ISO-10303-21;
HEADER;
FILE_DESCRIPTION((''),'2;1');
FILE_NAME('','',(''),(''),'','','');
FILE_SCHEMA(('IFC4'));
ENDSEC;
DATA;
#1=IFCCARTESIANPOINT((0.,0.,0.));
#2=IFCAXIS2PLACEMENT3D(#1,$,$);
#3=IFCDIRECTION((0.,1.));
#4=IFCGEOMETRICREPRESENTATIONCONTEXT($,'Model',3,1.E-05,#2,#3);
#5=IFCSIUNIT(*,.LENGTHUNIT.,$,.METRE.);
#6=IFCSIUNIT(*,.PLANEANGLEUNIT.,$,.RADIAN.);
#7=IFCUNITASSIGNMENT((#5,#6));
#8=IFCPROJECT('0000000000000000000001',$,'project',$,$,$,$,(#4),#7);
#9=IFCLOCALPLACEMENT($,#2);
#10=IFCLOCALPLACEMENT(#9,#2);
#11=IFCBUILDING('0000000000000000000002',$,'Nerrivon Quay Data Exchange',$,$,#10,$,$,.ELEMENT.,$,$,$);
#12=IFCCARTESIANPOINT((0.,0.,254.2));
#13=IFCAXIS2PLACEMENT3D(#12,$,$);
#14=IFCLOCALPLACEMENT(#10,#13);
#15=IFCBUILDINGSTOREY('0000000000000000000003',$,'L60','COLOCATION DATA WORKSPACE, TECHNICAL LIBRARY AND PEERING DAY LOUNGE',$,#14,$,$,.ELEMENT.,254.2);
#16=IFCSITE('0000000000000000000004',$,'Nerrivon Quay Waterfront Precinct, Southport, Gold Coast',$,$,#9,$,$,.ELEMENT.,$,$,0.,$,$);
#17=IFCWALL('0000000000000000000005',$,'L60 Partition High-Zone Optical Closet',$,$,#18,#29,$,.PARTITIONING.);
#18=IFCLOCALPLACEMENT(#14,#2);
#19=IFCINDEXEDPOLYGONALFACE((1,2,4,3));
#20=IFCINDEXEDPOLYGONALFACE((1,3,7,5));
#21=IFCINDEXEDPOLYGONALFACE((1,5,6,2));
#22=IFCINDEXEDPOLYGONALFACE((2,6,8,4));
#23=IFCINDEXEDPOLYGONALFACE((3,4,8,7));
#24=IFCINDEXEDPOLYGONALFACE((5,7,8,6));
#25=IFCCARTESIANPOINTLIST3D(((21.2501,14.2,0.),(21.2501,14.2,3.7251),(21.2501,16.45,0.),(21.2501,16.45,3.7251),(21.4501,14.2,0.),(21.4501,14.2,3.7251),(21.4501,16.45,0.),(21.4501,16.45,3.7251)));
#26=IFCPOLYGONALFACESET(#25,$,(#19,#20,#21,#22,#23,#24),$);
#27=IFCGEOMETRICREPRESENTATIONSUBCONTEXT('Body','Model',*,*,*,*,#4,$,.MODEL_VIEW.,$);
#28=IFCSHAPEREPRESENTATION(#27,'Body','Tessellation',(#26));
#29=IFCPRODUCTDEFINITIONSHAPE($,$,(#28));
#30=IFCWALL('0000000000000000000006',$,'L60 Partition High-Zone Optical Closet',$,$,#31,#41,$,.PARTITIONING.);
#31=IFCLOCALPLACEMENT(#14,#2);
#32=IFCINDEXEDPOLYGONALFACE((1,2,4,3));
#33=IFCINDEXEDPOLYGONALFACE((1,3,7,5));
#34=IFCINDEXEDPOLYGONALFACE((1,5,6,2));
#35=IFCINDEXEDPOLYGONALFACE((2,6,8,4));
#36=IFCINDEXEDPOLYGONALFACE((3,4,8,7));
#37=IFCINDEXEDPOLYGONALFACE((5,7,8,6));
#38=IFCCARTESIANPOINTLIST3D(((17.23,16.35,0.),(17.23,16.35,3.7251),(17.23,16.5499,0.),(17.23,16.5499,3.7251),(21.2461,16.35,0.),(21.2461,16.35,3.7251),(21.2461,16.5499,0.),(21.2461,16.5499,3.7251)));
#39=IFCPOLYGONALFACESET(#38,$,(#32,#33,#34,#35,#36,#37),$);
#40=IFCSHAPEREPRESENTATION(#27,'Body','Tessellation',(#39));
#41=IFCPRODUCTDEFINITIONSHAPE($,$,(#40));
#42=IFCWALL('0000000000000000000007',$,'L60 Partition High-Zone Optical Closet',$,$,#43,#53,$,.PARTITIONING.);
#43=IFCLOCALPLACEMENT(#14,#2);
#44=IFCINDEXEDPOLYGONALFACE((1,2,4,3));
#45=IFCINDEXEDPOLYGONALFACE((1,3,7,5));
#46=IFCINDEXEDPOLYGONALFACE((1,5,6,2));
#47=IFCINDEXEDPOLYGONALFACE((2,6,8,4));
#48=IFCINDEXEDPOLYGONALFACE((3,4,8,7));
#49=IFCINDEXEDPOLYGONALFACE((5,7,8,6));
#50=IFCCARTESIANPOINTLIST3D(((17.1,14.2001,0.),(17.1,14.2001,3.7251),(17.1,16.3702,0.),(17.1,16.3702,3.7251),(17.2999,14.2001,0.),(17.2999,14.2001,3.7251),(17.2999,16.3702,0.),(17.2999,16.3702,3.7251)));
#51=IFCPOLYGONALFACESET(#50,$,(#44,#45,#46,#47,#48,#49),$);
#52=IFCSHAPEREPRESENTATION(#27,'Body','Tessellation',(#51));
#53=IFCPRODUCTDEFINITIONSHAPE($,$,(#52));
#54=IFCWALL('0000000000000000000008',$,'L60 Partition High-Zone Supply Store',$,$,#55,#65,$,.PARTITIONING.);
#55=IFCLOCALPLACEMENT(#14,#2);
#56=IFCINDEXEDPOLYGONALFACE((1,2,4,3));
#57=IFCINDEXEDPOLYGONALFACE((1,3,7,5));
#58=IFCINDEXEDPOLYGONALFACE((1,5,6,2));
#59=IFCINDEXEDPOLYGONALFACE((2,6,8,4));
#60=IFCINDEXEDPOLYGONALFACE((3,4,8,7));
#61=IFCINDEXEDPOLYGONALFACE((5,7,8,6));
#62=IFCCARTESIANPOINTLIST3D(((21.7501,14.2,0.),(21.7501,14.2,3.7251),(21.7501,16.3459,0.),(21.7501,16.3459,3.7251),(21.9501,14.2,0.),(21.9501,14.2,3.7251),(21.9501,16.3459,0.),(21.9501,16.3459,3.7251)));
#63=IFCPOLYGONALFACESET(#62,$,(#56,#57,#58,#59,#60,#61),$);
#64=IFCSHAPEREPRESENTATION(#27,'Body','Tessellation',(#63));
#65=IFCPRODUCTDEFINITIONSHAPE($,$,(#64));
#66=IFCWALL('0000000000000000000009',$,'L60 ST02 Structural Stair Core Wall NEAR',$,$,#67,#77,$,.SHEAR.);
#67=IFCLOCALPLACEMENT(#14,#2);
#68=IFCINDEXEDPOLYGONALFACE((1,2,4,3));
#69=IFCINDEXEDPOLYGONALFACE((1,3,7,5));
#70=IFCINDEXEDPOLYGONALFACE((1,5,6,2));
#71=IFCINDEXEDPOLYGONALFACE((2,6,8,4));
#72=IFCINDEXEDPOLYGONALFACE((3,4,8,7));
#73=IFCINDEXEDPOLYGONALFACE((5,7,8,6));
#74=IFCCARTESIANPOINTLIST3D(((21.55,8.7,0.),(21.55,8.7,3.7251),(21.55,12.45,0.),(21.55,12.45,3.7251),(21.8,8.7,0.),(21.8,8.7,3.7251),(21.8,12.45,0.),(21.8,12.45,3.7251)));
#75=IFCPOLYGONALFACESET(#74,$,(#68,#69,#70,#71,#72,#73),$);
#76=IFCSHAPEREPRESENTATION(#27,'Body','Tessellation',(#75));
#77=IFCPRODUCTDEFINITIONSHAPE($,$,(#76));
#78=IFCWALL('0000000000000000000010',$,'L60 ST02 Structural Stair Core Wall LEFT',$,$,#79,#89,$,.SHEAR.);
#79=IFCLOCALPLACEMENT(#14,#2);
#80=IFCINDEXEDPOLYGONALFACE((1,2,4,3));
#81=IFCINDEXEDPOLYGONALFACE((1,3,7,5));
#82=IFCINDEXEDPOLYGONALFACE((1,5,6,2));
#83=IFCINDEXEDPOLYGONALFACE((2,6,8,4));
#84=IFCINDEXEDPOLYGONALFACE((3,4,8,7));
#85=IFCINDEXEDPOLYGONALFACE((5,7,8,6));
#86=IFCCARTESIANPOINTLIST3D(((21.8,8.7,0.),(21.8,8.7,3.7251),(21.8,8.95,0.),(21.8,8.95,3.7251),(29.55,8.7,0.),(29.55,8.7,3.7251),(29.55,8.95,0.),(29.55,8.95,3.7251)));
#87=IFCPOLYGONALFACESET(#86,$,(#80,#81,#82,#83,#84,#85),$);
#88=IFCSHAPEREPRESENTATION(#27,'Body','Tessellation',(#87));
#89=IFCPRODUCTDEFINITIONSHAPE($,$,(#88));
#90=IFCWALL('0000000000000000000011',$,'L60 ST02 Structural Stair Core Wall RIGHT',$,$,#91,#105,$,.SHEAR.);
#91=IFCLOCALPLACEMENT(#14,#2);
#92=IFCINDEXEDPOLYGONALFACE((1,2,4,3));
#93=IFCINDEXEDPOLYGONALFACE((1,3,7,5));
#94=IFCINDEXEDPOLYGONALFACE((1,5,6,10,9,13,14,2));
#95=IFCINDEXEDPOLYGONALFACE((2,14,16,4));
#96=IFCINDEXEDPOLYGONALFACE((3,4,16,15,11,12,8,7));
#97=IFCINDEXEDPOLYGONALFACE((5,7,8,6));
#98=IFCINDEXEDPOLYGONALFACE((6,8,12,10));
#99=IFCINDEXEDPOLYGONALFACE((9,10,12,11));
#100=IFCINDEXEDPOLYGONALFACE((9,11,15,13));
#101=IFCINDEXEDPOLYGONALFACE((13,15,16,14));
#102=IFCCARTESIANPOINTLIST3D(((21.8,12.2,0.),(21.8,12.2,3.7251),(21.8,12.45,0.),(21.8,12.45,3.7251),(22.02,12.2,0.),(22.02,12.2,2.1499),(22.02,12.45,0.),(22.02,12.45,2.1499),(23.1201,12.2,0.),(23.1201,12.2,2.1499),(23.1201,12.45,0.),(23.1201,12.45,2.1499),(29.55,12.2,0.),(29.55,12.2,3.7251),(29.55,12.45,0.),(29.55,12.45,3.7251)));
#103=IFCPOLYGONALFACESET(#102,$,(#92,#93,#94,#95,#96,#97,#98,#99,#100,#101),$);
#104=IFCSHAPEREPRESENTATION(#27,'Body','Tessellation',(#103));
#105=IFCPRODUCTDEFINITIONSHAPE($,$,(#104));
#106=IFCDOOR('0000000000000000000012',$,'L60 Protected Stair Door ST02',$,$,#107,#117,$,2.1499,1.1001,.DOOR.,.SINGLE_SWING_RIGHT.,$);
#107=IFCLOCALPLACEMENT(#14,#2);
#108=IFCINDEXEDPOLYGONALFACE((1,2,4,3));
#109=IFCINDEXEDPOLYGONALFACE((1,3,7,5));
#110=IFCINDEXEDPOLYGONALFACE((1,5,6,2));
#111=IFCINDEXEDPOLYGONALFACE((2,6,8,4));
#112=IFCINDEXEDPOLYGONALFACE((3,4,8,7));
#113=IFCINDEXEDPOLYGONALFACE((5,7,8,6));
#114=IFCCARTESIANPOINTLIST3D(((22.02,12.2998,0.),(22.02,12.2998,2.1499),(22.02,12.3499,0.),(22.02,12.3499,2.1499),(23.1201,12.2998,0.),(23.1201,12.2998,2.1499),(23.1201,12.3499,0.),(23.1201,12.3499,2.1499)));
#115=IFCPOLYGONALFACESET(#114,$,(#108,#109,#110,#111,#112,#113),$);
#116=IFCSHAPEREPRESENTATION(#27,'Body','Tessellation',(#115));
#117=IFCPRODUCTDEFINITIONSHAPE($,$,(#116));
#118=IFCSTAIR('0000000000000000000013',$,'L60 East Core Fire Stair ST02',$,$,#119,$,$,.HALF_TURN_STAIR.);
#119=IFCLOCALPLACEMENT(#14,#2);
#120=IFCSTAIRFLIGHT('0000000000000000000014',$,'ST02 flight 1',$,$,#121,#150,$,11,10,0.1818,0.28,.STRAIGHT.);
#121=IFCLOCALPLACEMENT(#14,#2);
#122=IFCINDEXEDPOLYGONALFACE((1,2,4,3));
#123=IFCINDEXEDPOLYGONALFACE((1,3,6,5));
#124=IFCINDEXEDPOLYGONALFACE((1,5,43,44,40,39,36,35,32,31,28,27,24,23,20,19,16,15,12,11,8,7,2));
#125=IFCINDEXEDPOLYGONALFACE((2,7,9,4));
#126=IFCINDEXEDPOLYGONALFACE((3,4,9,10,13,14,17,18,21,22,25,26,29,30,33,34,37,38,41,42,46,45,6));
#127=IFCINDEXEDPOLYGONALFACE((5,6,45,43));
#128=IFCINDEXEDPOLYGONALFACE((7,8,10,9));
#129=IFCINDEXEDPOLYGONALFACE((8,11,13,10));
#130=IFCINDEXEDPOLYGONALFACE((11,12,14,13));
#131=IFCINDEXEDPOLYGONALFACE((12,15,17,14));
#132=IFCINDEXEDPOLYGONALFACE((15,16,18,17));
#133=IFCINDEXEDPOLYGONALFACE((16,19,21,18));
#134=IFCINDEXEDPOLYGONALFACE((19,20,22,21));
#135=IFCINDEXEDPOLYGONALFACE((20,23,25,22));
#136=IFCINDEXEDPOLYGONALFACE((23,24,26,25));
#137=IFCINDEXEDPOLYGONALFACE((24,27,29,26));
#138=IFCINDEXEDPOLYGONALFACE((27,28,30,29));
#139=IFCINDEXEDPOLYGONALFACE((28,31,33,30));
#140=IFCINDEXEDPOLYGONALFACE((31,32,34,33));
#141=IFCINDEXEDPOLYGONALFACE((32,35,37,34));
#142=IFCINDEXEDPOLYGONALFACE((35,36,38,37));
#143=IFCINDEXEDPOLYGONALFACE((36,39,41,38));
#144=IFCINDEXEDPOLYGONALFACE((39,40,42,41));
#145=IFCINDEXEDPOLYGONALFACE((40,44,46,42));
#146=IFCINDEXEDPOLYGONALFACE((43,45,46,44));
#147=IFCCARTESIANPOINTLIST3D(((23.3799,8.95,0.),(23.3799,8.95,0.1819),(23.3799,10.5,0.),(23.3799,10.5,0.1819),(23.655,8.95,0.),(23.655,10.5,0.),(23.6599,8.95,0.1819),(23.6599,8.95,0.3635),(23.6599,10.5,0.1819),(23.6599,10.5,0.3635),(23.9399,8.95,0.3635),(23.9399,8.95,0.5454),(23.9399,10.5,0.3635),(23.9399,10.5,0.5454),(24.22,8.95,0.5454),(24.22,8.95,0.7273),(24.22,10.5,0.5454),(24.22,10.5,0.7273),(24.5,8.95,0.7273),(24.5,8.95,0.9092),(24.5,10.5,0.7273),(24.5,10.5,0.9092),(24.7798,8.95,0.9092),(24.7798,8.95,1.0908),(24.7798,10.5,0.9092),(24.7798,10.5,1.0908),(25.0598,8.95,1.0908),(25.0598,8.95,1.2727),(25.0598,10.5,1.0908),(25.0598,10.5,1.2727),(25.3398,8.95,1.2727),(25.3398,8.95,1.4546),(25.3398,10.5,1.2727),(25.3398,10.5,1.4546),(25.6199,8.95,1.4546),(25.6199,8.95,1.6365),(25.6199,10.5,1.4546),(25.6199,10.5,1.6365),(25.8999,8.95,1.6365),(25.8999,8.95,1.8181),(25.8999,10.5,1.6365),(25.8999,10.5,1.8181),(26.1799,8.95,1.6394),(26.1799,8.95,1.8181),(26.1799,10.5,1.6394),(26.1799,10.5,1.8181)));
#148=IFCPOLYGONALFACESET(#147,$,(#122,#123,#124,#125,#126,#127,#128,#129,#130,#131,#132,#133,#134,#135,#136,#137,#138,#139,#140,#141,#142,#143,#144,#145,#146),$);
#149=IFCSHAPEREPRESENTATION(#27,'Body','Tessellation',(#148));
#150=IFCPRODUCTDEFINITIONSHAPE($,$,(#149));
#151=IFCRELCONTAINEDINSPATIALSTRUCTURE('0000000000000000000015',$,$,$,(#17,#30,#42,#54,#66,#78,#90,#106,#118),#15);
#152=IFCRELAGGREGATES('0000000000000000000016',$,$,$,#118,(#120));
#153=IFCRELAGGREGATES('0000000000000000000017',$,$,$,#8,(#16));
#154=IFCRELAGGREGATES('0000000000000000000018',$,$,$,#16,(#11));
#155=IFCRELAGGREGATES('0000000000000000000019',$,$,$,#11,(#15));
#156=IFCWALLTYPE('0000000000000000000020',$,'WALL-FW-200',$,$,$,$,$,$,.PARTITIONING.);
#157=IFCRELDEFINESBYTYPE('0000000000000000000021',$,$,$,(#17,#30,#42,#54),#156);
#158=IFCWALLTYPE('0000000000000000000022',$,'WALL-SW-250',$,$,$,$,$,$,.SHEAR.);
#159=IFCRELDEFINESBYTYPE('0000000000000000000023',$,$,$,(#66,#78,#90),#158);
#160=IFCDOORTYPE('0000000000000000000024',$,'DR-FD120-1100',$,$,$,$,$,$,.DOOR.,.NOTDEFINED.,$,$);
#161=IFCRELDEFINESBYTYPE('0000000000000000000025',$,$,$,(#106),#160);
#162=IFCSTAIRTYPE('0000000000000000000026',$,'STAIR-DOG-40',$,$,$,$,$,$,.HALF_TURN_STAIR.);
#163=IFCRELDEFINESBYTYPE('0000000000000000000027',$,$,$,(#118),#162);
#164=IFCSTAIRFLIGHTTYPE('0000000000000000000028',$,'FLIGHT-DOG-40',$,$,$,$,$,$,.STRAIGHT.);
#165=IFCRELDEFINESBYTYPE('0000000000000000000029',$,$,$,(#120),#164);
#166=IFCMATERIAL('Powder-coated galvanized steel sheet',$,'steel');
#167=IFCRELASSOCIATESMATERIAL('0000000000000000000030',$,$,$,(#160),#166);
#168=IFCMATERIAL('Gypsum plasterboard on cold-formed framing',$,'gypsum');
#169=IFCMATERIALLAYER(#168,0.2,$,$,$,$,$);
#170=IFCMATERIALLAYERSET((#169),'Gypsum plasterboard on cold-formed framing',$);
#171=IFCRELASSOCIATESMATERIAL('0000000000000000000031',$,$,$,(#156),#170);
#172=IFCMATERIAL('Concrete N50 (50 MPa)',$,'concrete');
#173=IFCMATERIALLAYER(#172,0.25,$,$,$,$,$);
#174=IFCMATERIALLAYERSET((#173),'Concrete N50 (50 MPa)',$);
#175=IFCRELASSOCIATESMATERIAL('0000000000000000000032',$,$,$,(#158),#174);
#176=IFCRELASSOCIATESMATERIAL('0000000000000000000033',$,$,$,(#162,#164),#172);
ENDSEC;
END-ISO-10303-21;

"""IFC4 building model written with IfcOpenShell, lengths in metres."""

from ifc_helpers import new_model, si_unit, direction, frame, frame_2d, origin, place, context, subcontext, project, spatial, polyline, rectangle, outline, extrude, material, layer, layer_set, type_object, element, fill, aggregate, save


model = new_model("IFC4")

# Units and contexts
model_context = context("Model", 3, precision=1e-05, world=origin(), true_north=direction((0.0, 1.0)))
body_context = subcontext(model_context, "Body", "Model", "MODEL_VIEW")
ifc_project = project(units=[si_unit("LENGTHUNIT", "METRE"), si_unit("PLANEANGLEUNIT", "RADIAN")], contexts=[model_context])

# Site, building, storey
site_placement = place(None, origin())
site = spatial("IfcSite", under=ifc_project, at=site_placement, Name="Nerrivon Quay Waterfront Precinct, Southport, Gold Coast", CompositionType="ELEMENT", RefElevation=0.0)
building_placement = place(site_placement, origin())
building = spatial("IfcBuilding", under=site, at=building_placement, Name="Nerrivon Quay Data Exchange", CompositionType="ELEMENT")
storey_placement = place(building_placement, frame((0.0, 0.0, 254.2)))
storey = spatial("IfcBuildingStorey", under=building, at=storey_placement, Name="L60", Description="COLOCATION DATA WORKSPACE, TECHNICAL LIBRARY AND PEERING DAY LOUNGE", CompositionType="ELEMENT", Elevation=254.2)

# Shared definitions
ifc_material_1 = material(Name="Concrete N50 (50 MPa)", Category="concrete")

# Shared definitions
ifc_material_2 = material(Name="Powder-coated galvanized steel sheet", Category="steel")
door_type_1 = type_object("IfcDoorType", Name="DR-FD120-1100", OperationType="NOTDEFINED", PredefinedType="DOOR", material=ifc_material_2)

# Shared definitions
ifc_material_3 = material(Name="Gypsum plasterboard on cold-formed framing", Category="gypsum")
ifc_layer_1 = layer(ifc_material_3, 0.2)
ifc_layer_set_1 = layer_set([ifc_layer_1], Name="Gypsum plasterboard on cold-formed framing")
wall_type_1 = type_object("IfcWallType", Name="WALL-FW-200", PredefinedType="PARTITIONING", material=ifc_layer_set_1)

# Walls
wall_1_placement = place(storey_placement, frame((21.3501, 14.2, 0.0), z_axis=(0.0, 0.0, 1.0), x_axis=(0.0, 1.0, 0.0)))
element("IfcWall", 1, at=wall_1_placement, inside=storey, type_object=wall_type_1, Name="L60 Partition High-Zone Optical Closet", PredefinedType="PARTITIONING", context=body_context, shape_type="SweptSolid", body=[
    extrude(rectangle(XDim=2.25, YDim=0.2, at=frame_2d((1.125, 0.0))), origin(), (0.0, 0.0, 1.0), 3.7251),
])
wall_2_placement = place(storey_placement, frame((21.2461, 16.45, 0.0), z_axis=(0.0, 0.0, 1.0), x_axis=(-1.0, 0.0, 0.0)))
element("IfcWall", 2, at=wall_2_placement, inside=storey, type_object=wall_type_1, Name="L60 Partition High-Zone Optical Closet", PredefinedType="PARTITIONING", context=body_context, shape_type="SweptSolid", body=[
    extrude(rectangle(XDim=4.0161, YDim=0.2, at=frame_2d((2.0081, 0.0))), origin(), (0.0, 0.0, 1.0), 3.7251),
])
wall_3_placement = place(storey_placement, frame((17.2, 16.3701, 0.0), z_axis=(0.0, 0.0, 1.0), x_axis=(0.0, -1.0, 0.0)))
element("IfcWall", 3, at=wall_3_placement, inside=storey, type_object=wall_type_1, Name="L60 Partition High-Zone Optical Closet", PredefinedType="PARTITIONING", context=body_context, shape_type="SweptSolid", body=[
    extrude(rectangle(XDim=2.1702, YDim=0.2, at=frame_2d((1.085, 0.0))), origin(), (0.0, 0.0, 1.0), 3.7251),
])

# Wall
wall_4_placement = place(storey_placement, frame((21.8501, 16.3459, 0.0), z_axis=(0.0, 0.0, 1.0), x_axis=(0.0, -1.0, 0.0)))
element("IfcWall", 4, at=wall_4_placement, inside=storey, type_object=wall_type_1, Name="L60 Partition High-Zone Supply Store", PredefinedType="PARTITIONING", context=body_context, shape_type="SweptSolid", body=[
    extrude(rectangle(XDim=2.146, YDim=0.2, at=frame_2d((1.073, 0.0))), origin(), (0.0, 0.0, 1.0), 3.7251),
])

# Walls
ifc_layer_2 = layer(ifc_material_1, 0.25)
ifc_layer_set_2 = layer_set([ifc_layer_2], Name="Concrete N50 (50 MPa)")
wall_type_2 = type_object("IfcWallType", Name="WALL-SW-250", PredefinedType="SHEAR", material=ifc_layer_set_2)
wall_5_placement = place(storey_placement, frame((21.675, 8.7, 0.0), z_axis=(0.0, 0.0, 1.0), x_axis=(0.0, 1.0, 0.0)))
element("IfcWall", 5, at=wall_5_placement, inside=storey, type_object=wall_type_2, Name="L60 ST02 Structural Stair Core Wall NEAR", PredefinedType="SHEAR", context=body_context, shape_type="SweptSolid", body=[
    extrude(rectangle(XDim=3.75, YDim=0.25, at=frame_2d((1.875, 0.0))), origin(), (0.0, 0.0, 1.0), 3.7251),
])
wall_6_placement = place(storey_placement, frame((21.8, 8.825, 0.0), z_axis=(0.0, 0.0, 1.0), x_axis=(1.0, 0.0, 0.0)))
element("IfcWall", 6, at=wall_6_placement, inside=storey, type_object=wall_type_2, Name="L60 ST02 Structural Stair Core Wall LEFT", PredefinedType="SHEAR", context=body_context, shape_type="SweptSolid", body=[
    extrude(rectangle(XDim=7.75, YDim=0.25, at=frame_2d((3.875, 0.0))), origin(), (0.0, 0.0, 1.0), 3.7251),
])

# Wall, opening, door
wall_7_placement = place(storey_placement, frame((21.8, 12.325, 0.0), z_axis=(0.0, 0.0, 1.0), x_axis=(1.0, 0.0, 0.0)))
wall_7 = element("IfcWall", 7, at=wall_7_placement, inside=storey, type_object=wall_type_2, Name="L60 ST02 Structural Stair Core Wall RIGHT", PredefinedType="SHEAR", context=body_context, shape_type="SweptSolid", body=[
    extrude(rectangle(XDim=7.75, YDim=0.25, at=frame_2d((3.875, 0.0))), origin(), (0.0, 0.0, 1.0), 3.7251),
])
opening_1_placement = place(wall_7_placement, frame((0.22, 0.0, 0.0)))
opening_1 = element("IfcOpeningElement", 8, at=opening_1_placement, cuts=wall_7, PredefinedType="OPENING", context=body_context, shape_type="SweptSolid", body=[
    extrude(rectangle(XDim=1.1001, YDim=2.1499, at=frame_2d((0.55, 1.075))), frame((0.0, 0.135, 0.0), z_axis=(0.0, -1.0, 0.0), x_axis=(1.0, 0.0, 0.0)), (0.0, 0.0, 1.0), 0.27),
])
door_1_placement = place(opening_1_placement, origin())
door_1 = element("IfcDoor", 9, at=door_1_placement, inside=storey, type_object=door_type_1, Name="L60 Protected Stair Door ST02", OperationType="SINGLE_SWING_RIGHT", OverallHeight=2.1499, OverallWidth=1.1001, PredefinedType="DOOR", context=body_context, shape_type="SweptSolid", body=[
    extrude(rectangle(XDim=1.1001, YDim=2.1499, at=frame_2d((0.55, 1.075))), frame((0.0, 0.0249, 0.0), z_axis=(0.0, -1.0, 0.0), x_axis=(1.0, 0.0, 0.0)), (0.0, 0.0, 1.0), 0.05),
])
fill(opening_1, door_1)

# Stair, stair flight
stair_type = type_object("IfcStairType", Name="STAIR-DOG-40", PredefinedType="HALF_TURN_STAIR", material=ifc_material_1)
stair_placement = place(storey_placement, origin())
stair = element("IfcStair", 10, at=stair_placement, inside=storey, type_object=stair_type, Name="L60 East Core Fire Stair ST02", PredefinedType="HALF_TURN_STAIR")
stair_flight_type = type_object("IfcStairFlightType", Name="FLIGHT-DOG-40", PredefinedType="STRAIGHT", material=ifc_material_1)
stair_flight_placement = place(storey_placement, frame((23.3799, 9.7251, 0.0), z_axis=(0.0, 0.0, 1.0), x_axis=(1.0, 0.0, 0.0)))
stair_flight = element("IfcStairFlight", 11, at=stair_flight_placement, type_object=stair_flight_type, Name="ST02 flight 1", NumberOfRisers=11, NumberOfTreads=10, PredefinedType="STRAIGHT", RiserHeight=0.1818, TreadLength=0.28, context=body_context, shape_type="SweptSolid", body=[
    extrude(outline(polyline([(0.0, 0.0), (0.0, 0.1819), (0.28, 0.1819), (0.28, 0.3635), (0.5601, 0.3635), (0.5601, 0.5454), (0.8401, 0.5454), (0.8401, 0.7273), (1.1201, 0.7273), (1.1201, 0.9092), (1.3999, 0.9092), (1.3999, 1.0908), (1.6799, 1.0908), (1.6799, 1.2727), (1.96, 1.2727), (1.96, 1.4546), (2.24, 1.4546), (2.24, 1.6365), (2.52, 1.6365), (2.52, 1.8181), (2.8, 1.8181), (2.8, 2.0), (2.8, 1.6394), (0.2751, 0.0), (0.0, 0.0)])), frame((0.0, 0.7749, 0.0), z_axis=(0.0, -1.0, 0.0), x_axis=(1.0, 0.0, 0.0)), (0.0, 0.0, 1.0), 1.55),
])
aggregate(stair, [stair_flight])

save(model, "model.ifc")
